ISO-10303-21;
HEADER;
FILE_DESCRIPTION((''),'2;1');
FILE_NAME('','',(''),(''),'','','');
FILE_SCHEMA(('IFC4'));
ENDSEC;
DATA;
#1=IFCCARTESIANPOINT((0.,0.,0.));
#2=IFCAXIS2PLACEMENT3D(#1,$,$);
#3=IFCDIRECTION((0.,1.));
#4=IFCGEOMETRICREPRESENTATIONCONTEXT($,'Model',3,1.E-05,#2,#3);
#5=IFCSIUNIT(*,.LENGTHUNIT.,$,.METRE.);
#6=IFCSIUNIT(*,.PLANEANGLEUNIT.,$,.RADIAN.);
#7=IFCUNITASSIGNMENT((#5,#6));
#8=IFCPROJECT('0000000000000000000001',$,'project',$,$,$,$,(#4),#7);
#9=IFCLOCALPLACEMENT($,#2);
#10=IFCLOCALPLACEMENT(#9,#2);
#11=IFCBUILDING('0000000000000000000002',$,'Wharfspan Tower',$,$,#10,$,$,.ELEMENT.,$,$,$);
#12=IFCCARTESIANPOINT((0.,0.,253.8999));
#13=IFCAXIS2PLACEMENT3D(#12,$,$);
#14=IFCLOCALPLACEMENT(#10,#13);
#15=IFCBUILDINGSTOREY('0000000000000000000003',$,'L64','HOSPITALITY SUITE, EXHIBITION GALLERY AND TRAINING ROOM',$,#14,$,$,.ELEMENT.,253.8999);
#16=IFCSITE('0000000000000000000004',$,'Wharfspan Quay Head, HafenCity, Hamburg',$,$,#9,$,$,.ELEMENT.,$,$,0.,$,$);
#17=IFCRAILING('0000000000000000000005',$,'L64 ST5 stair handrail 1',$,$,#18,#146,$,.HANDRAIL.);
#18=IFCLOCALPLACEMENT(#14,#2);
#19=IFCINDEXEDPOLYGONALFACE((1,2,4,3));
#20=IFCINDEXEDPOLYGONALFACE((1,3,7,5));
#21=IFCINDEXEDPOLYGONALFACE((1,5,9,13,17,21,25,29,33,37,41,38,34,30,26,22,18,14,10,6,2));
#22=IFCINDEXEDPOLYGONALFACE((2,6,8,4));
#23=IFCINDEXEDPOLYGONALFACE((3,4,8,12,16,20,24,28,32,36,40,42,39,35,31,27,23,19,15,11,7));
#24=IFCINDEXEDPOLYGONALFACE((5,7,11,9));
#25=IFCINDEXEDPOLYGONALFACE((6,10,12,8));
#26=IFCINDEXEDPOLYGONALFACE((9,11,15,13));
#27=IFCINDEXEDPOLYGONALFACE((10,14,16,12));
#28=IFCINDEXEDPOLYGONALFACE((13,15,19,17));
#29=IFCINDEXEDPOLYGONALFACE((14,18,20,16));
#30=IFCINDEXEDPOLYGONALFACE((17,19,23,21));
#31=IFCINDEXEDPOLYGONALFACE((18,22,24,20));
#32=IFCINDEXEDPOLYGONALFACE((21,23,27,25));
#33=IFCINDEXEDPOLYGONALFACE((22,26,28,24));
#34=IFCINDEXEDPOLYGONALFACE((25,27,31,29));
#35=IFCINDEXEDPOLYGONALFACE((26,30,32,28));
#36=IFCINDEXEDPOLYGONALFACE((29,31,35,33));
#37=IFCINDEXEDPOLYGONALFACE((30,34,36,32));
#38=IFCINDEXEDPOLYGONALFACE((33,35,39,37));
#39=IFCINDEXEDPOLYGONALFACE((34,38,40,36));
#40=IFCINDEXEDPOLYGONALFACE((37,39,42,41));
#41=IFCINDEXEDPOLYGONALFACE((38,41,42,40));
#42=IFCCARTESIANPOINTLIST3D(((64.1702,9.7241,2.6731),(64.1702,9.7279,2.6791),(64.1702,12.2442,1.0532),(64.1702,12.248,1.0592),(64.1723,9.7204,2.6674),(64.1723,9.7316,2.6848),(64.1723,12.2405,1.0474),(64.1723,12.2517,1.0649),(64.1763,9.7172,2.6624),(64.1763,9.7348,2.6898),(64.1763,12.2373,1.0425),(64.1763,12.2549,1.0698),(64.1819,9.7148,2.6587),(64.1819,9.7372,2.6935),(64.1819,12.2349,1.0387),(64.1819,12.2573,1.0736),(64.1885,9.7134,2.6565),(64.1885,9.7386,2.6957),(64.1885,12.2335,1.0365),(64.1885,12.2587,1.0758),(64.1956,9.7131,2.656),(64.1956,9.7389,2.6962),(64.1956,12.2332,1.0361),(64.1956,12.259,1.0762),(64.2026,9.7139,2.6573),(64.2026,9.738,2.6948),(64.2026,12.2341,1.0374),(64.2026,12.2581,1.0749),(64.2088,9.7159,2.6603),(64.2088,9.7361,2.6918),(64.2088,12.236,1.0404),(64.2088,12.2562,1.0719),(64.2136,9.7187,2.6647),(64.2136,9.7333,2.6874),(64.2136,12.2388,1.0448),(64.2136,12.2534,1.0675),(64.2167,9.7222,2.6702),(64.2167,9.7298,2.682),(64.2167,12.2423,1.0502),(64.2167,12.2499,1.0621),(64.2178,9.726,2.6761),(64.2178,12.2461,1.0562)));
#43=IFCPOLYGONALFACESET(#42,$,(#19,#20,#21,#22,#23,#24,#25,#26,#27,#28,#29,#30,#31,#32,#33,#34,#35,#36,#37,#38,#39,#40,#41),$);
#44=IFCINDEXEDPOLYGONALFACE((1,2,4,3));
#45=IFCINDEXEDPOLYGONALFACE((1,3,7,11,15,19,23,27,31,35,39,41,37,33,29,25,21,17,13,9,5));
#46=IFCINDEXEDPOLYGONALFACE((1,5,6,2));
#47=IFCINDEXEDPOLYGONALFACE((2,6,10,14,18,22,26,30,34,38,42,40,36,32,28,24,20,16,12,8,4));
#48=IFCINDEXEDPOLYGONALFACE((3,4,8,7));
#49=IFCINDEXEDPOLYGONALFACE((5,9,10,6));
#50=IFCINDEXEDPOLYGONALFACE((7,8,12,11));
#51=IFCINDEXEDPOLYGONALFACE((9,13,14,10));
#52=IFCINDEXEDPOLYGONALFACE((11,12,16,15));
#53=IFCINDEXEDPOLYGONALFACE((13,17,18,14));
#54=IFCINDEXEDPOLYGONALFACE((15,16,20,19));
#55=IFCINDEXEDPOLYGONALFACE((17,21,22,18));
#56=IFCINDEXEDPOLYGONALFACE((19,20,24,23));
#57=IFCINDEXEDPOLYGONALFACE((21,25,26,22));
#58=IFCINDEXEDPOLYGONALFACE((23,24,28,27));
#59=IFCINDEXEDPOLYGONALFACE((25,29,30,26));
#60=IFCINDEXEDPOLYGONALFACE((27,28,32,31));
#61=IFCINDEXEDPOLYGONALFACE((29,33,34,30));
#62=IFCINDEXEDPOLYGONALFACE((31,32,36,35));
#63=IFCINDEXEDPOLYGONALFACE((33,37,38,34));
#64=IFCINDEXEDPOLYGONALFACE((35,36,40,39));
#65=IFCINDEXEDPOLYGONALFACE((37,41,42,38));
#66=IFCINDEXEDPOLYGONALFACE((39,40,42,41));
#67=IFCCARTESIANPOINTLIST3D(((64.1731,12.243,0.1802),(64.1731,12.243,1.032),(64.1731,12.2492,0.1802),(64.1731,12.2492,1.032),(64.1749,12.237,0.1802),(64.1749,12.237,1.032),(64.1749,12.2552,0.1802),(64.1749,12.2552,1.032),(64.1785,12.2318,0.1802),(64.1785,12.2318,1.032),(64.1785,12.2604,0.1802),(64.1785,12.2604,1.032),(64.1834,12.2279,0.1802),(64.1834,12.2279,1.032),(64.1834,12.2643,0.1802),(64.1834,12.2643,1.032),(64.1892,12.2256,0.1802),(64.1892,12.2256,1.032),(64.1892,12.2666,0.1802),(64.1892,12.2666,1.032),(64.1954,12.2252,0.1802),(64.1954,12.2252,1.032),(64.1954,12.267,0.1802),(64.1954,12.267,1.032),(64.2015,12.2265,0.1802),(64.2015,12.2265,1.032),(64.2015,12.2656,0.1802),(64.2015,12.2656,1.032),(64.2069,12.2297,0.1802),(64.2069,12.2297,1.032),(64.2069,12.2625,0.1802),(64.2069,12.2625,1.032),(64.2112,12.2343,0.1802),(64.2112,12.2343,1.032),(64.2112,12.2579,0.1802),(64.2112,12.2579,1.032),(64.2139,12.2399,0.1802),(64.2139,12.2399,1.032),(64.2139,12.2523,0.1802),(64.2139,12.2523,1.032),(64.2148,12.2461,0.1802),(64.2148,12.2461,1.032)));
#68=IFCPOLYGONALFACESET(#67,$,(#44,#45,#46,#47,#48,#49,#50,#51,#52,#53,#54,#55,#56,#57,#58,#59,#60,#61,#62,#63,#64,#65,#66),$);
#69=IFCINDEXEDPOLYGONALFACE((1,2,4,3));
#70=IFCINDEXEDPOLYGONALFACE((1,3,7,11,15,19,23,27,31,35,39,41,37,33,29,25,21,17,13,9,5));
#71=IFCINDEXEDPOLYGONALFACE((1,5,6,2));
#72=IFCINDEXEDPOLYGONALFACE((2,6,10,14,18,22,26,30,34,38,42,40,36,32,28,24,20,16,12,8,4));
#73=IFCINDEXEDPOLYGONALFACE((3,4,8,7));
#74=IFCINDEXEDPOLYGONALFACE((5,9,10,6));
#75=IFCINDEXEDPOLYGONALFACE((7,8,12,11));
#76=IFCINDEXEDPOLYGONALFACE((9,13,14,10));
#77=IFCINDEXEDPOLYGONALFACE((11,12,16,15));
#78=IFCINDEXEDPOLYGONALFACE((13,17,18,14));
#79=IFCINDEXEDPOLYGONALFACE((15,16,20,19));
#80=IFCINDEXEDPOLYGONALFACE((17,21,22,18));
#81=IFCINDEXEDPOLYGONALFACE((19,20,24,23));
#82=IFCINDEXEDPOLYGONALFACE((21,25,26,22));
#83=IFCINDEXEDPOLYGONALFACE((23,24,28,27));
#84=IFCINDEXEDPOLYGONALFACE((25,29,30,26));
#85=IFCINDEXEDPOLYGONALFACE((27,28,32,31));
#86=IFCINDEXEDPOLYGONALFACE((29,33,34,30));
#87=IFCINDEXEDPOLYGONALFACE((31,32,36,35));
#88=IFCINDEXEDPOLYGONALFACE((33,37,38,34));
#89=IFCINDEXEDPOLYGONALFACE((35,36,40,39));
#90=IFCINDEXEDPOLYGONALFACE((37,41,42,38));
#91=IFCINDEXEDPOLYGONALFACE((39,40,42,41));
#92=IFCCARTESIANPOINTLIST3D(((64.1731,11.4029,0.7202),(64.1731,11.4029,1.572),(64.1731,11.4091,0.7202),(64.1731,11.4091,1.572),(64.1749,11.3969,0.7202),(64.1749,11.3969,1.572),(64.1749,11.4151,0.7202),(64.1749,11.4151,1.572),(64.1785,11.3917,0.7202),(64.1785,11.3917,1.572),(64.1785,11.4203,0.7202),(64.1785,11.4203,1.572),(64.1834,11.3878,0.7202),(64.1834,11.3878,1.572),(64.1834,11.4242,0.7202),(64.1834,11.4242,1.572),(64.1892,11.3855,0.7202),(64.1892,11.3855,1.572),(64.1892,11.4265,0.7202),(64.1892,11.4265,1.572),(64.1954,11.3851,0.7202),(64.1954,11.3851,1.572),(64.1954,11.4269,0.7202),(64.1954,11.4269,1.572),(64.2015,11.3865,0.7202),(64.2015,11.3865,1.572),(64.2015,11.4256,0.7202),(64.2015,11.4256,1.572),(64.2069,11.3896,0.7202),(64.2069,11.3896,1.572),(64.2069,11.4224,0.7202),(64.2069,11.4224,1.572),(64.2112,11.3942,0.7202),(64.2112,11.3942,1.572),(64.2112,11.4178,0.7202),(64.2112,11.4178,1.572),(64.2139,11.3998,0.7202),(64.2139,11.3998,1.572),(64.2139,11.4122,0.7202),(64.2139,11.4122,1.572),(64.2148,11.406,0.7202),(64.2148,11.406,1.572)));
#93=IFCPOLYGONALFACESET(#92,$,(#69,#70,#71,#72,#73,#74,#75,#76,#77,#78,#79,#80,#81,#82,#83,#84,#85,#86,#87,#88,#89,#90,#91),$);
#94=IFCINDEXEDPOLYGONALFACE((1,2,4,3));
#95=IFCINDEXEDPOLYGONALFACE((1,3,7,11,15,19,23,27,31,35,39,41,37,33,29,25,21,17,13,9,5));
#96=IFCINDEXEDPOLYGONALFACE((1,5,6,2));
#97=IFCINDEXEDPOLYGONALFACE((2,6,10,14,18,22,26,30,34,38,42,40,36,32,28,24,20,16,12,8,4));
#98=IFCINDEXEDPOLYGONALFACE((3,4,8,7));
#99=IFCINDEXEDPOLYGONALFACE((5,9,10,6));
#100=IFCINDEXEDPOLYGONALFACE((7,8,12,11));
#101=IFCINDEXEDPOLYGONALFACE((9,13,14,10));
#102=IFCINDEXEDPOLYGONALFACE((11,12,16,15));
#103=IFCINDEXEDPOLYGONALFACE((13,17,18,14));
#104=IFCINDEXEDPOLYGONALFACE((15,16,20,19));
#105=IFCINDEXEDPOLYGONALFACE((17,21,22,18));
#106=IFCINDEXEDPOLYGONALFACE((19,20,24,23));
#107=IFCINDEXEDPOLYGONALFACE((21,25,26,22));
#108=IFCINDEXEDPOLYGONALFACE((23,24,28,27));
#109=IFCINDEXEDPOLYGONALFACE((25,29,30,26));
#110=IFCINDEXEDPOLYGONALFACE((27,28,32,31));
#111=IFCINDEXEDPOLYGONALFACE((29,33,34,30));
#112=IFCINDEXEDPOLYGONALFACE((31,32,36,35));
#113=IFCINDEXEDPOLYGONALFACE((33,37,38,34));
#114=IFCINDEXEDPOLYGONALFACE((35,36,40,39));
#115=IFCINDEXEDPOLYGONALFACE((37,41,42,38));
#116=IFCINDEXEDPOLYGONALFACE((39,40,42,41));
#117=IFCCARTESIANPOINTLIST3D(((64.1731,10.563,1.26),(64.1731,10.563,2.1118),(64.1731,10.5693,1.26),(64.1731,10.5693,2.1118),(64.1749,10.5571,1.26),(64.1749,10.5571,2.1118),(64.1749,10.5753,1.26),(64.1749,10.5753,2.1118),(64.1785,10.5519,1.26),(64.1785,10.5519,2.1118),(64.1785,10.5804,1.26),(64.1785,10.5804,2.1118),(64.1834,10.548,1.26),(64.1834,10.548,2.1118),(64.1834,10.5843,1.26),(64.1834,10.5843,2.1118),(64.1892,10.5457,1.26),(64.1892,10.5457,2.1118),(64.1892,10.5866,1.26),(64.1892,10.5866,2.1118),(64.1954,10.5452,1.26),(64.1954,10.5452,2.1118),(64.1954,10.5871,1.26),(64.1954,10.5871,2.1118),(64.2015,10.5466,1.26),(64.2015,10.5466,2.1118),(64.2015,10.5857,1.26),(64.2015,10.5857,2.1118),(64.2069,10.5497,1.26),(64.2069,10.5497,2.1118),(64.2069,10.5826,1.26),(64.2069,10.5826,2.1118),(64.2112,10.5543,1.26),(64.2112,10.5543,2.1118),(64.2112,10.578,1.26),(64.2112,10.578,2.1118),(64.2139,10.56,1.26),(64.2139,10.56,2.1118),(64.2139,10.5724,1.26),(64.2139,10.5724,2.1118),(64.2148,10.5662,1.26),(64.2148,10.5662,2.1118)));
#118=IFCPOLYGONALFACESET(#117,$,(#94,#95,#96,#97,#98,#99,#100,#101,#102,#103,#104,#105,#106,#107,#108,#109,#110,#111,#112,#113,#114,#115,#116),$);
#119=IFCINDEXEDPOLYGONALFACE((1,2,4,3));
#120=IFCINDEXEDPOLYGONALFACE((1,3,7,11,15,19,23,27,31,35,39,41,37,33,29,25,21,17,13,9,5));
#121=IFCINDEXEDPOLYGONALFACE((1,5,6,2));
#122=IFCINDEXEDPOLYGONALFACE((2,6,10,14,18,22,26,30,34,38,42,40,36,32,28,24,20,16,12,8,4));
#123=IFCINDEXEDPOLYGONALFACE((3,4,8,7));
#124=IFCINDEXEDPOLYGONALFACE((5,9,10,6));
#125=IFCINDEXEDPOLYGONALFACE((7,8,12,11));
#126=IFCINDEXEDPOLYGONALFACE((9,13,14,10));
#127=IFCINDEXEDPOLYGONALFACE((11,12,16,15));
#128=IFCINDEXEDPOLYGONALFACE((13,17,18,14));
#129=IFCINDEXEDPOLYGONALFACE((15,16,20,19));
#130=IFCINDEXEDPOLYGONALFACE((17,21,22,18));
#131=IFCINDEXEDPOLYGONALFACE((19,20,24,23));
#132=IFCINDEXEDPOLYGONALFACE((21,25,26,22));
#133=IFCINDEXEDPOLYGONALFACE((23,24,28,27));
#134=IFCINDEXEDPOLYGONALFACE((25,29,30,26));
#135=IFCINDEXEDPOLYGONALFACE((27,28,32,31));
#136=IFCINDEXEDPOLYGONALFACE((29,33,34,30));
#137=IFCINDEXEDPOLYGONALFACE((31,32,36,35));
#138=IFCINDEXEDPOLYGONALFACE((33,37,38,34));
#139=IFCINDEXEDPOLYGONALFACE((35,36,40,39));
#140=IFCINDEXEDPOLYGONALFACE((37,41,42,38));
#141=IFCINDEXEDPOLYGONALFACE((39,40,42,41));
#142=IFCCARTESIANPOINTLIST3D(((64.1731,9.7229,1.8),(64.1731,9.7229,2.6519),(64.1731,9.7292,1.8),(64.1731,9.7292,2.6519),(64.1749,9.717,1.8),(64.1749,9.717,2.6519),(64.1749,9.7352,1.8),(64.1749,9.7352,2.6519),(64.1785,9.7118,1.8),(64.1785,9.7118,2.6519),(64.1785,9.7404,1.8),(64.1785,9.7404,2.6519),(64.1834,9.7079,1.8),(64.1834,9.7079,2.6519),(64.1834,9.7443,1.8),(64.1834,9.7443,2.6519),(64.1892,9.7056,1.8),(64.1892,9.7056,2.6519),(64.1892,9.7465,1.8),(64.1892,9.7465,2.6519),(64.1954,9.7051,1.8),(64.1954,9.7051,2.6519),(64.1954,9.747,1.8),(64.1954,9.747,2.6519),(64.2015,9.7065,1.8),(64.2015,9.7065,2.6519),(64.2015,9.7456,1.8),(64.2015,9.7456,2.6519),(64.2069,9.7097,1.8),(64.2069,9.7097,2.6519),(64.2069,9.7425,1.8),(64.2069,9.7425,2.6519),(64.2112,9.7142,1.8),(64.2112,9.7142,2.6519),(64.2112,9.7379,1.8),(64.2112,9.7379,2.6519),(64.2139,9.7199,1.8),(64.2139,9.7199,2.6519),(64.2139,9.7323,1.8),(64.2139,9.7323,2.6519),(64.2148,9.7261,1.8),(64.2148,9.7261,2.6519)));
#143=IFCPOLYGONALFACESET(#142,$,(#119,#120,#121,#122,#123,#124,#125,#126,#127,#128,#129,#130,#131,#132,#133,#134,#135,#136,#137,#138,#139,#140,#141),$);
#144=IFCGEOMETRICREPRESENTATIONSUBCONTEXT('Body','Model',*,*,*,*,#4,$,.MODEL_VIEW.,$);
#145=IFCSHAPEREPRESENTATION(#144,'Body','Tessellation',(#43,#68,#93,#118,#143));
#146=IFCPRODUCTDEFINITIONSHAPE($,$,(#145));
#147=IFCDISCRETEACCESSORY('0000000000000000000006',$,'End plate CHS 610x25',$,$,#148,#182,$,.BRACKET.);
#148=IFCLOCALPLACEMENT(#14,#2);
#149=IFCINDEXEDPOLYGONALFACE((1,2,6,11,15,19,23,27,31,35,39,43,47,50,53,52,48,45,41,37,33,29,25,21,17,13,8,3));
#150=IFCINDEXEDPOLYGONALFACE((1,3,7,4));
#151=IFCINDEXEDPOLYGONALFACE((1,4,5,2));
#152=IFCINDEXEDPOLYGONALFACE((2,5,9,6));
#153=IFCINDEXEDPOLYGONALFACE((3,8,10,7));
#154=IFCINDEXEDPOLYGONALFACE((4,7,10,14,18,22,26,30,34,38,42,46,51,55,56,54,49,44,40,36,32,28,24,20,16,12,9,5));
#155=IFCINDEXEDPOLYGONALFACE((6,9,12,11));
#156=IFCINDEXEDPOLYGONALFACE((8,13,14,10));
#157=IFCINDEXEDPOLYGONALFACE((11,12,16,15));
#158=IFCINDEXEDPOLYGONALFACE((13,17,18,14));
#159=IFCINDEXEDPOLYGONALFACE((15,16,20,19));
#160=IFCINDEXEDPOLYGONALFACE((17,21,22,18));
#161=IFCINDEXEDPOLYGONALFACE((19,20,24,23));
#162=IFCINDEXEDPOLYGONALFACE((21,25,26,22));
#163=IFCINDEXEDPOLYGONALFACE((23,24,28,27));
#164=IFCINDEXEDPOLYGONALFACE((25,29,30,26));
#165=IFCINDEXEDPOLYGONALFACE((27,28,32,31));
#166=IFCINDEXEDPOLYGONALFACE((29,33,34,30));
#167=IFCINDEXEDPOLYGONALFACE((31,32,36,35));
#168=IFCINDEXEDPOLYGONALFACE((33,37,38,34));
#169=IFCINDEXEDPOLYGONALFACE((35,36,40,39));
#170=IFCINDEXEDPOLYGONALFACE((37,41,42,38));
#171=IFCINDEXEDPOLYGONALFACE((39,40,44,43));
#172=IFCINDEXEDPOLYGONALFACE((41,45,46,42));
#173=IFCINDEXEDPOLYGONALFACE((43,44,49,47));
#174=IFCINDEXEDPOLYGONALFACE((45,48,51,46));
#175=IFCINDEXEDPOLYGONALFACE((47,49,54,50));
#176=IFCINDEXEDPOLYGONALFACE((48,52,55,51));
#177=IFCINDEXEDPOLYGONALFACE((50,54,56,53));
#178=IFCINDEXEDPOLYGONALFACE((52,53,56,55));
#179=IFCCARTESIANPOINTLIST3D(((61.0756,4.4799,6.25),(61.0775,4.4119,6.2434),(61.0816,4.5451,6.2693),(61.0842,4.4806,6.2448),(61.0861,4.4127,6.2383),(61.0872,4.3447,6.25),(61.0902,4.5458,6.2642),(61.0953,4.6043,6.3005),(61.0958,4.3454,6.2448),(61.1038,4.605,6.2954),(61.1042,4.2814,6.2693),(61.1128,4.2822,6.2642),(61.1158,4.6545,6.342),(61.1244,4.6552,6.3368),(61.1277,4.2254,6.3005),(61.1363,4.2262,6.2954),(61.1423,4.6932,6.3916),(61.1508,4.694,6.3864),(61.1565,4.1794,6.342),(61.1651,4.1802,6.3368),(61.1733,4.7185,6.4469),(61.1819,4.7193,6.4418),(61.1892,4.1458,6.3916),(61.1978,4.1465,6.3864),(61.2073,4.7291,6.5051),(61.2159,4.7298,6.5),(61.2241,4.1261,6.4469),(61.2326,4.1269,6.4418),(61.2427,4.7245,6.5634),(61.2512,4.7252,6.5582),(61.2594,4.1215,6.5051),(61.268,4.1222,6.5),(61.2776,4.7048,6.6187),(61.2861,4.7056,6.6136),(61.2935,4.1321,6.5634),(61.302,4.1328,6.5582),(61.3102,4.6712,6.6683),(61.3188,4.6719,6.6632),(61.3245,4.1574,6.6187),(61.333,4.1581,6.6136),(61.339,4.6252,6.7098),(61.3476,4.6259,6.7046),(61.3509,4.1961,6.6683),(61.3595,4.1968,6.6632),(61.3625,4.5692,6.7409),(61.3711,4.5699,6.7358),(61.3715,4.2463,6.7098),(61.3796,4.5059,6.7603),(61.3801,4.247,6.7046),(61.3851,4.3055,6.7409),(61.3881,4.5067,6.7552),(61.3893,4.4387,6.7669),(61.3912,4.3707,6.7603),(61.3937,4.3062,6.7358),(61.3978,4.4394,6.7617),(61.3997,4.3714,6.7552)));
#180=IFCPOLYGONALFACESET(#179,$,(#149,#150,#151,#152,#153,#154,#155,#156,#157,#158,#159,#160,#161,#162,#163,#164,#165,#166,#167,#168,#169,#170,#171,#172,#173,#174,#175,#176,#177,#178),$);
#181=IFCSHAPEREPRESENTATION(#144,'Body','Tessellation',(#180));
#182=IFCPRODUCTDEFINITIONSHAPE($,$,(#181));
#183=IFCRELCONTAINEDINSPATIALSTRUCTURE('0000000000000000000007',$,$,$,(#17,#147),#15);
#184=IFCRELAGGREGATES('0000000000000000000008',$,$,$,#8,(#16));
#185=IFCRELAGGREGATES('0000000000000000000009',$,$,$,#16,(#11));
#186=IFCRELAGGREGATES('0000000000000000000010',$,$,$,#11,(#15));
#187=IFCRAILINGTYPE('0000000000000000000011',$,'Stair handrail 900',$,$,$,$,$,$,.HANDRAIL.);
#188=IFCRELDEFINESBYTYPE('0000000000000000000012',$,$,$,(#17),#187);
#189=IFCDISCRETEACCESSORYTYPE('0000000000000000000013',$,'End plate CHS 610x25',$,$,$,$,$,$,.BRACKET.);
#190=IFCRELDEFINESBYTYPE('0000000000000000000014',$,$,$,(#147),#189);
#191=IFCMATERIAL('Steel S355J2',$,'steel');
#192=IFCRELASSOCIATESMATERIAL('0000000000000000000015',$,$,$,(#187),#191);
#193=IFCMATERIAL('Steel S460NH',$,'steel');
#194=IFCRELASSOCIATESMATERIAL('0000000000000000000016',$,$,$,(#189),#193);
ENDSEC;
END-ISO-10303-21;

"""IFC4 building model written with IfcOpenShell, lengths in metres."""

from ifc_helpers import new_model, si_unit, direction, frame, origin, origin_2d, place, context, subcontext, project, spatial, circle, extrude, material, material_profile, profile_set, type_object, element, save


model = new_model("IFC4")

# Units and contexts
model_context = context("Model", 3, precision=1e-05, world=origin(), true_north=direction((0.0, 1.0)))
body_context = subcontext(model_context, "Body", "Model", "MODEL_VIEW")
ifc_project = project(units=[si_unit("LENGTHUNIT", "METRE"), si_unit("PLANEANGLEUNIT", "RADIAN")], contexts=[model_context])

# Site, building, storey
site_placement = place(None, origin())
site = spatial("IfcSite", under=ifc_project, at=site_placement, Name="Wharfspan Quay Head, HafenCity, Hamburg", CompositionType="ELEMENT", RefElevation=0.0)
building_placement = place(site_placement, origin())
building = spatial("IfcBuilding", under=site, at=building_placement, Name="Wharfspan Tower", CompositionType="ELEMENT")
storey_placement = place(building_placement, frame((0.0, 0.0, 253.8999)))
storey = spatial("IfcBuildingStorey", under=building, at=storey_placement, Name="L64", Description="HOSPITALITY SUITE, EXHIBITION GALLERY AND TRAINING ROOM", CompositionType="ELEMENT", Elevation=253.8999)

# Shared definitions
ifc_material_1 = material(Name="Steel S355J2", Category="steel")

# Shared definitions
ifc_material_2 = material(Name="Steel S460NH", Category="steel")

# Railing
railing_type_1 = type_object("IfcRailingType", Name="Stair handrail 900", PredefinedType="HANDRAIL", material=ifc_material_1)
railing_1_placement = place(storey_placement, frame((64.1938, 12.2461, 0.1802)))
element("IfcRailing", 1, at=railing_1_placement, inside=storey, type_object=railing_type_1, Name="L64 ST5 stair handrail 1", PredefinedType="HANDRAIL", context=body_context, shape_type="SweptSolid", body=[
    extrude(circle(Radius=0.0239, at=origin_2d()), frame((0.0, 0.0, 0.876), z_axis=(0.0, -0.8412, 0.540725), x_axis=(1.0, 0.0, 0.0)), (0.0, 0.0, 1.0), 2.9958),
    extrude(circle(Radius=0.021, at=origin_2d()), origin(), (0.0, 0.0, 1.0), 0.8518),
    extrude(circle(Radius=0.021, at=origin_2d()), frame((0.0, -0.8401, 0.54)), (0.0, 0.0, 1.0), 0.8518),
    extrude(circle(Radius=0.021, at=origin_2d()), frame((0.0, -1.6799, 1.0798)), (0.0, 0.0, 1.0), 0.8518),
    extrude(circle(Radius=0.021, at=origin_2d()), frame((0.0, -2.52, 1.6199)), (0.0, 0.0, 1.0), 0.8518),
])

# Discrete accessory
ifc_material_profile_1 = material_profile(ifc_material_2, circle(Radius=0.3049, at=origin_2d()))
ifc_profile_set_1 = profile_set([ifc_material_profile_1], Name="Steel S460NH")
discrete_accessory_type = type_object("IfcDiscreteAccessoryType", Name="End plate CHS 610x25", PredefinedType="BRACKET", material=ifc_profile_set_1)
discrete_accessory_placement = place(storey_placement, frame((61.2419, 4.426, 6.5), z_axis=(-0.855186, -0.073302, 0.513112), x_axis=(0.085402, -0.996345, 0.000001)))
element("IfcDiscreteAccessory", 2, at=discrete_accessory_placement, inside=storey, type_object=discrete_accessory_type, Name="End plate CHS 610x25", PredefinedType="BRACKET", context=body_context, shape_type="SweptSolid", body=[
    extrude(circle(Radius=0.3049, at=origin_2d()), origin(), (0.0, 0.0, 1.0), 0.01),
])

save(model, "model.ifc")
